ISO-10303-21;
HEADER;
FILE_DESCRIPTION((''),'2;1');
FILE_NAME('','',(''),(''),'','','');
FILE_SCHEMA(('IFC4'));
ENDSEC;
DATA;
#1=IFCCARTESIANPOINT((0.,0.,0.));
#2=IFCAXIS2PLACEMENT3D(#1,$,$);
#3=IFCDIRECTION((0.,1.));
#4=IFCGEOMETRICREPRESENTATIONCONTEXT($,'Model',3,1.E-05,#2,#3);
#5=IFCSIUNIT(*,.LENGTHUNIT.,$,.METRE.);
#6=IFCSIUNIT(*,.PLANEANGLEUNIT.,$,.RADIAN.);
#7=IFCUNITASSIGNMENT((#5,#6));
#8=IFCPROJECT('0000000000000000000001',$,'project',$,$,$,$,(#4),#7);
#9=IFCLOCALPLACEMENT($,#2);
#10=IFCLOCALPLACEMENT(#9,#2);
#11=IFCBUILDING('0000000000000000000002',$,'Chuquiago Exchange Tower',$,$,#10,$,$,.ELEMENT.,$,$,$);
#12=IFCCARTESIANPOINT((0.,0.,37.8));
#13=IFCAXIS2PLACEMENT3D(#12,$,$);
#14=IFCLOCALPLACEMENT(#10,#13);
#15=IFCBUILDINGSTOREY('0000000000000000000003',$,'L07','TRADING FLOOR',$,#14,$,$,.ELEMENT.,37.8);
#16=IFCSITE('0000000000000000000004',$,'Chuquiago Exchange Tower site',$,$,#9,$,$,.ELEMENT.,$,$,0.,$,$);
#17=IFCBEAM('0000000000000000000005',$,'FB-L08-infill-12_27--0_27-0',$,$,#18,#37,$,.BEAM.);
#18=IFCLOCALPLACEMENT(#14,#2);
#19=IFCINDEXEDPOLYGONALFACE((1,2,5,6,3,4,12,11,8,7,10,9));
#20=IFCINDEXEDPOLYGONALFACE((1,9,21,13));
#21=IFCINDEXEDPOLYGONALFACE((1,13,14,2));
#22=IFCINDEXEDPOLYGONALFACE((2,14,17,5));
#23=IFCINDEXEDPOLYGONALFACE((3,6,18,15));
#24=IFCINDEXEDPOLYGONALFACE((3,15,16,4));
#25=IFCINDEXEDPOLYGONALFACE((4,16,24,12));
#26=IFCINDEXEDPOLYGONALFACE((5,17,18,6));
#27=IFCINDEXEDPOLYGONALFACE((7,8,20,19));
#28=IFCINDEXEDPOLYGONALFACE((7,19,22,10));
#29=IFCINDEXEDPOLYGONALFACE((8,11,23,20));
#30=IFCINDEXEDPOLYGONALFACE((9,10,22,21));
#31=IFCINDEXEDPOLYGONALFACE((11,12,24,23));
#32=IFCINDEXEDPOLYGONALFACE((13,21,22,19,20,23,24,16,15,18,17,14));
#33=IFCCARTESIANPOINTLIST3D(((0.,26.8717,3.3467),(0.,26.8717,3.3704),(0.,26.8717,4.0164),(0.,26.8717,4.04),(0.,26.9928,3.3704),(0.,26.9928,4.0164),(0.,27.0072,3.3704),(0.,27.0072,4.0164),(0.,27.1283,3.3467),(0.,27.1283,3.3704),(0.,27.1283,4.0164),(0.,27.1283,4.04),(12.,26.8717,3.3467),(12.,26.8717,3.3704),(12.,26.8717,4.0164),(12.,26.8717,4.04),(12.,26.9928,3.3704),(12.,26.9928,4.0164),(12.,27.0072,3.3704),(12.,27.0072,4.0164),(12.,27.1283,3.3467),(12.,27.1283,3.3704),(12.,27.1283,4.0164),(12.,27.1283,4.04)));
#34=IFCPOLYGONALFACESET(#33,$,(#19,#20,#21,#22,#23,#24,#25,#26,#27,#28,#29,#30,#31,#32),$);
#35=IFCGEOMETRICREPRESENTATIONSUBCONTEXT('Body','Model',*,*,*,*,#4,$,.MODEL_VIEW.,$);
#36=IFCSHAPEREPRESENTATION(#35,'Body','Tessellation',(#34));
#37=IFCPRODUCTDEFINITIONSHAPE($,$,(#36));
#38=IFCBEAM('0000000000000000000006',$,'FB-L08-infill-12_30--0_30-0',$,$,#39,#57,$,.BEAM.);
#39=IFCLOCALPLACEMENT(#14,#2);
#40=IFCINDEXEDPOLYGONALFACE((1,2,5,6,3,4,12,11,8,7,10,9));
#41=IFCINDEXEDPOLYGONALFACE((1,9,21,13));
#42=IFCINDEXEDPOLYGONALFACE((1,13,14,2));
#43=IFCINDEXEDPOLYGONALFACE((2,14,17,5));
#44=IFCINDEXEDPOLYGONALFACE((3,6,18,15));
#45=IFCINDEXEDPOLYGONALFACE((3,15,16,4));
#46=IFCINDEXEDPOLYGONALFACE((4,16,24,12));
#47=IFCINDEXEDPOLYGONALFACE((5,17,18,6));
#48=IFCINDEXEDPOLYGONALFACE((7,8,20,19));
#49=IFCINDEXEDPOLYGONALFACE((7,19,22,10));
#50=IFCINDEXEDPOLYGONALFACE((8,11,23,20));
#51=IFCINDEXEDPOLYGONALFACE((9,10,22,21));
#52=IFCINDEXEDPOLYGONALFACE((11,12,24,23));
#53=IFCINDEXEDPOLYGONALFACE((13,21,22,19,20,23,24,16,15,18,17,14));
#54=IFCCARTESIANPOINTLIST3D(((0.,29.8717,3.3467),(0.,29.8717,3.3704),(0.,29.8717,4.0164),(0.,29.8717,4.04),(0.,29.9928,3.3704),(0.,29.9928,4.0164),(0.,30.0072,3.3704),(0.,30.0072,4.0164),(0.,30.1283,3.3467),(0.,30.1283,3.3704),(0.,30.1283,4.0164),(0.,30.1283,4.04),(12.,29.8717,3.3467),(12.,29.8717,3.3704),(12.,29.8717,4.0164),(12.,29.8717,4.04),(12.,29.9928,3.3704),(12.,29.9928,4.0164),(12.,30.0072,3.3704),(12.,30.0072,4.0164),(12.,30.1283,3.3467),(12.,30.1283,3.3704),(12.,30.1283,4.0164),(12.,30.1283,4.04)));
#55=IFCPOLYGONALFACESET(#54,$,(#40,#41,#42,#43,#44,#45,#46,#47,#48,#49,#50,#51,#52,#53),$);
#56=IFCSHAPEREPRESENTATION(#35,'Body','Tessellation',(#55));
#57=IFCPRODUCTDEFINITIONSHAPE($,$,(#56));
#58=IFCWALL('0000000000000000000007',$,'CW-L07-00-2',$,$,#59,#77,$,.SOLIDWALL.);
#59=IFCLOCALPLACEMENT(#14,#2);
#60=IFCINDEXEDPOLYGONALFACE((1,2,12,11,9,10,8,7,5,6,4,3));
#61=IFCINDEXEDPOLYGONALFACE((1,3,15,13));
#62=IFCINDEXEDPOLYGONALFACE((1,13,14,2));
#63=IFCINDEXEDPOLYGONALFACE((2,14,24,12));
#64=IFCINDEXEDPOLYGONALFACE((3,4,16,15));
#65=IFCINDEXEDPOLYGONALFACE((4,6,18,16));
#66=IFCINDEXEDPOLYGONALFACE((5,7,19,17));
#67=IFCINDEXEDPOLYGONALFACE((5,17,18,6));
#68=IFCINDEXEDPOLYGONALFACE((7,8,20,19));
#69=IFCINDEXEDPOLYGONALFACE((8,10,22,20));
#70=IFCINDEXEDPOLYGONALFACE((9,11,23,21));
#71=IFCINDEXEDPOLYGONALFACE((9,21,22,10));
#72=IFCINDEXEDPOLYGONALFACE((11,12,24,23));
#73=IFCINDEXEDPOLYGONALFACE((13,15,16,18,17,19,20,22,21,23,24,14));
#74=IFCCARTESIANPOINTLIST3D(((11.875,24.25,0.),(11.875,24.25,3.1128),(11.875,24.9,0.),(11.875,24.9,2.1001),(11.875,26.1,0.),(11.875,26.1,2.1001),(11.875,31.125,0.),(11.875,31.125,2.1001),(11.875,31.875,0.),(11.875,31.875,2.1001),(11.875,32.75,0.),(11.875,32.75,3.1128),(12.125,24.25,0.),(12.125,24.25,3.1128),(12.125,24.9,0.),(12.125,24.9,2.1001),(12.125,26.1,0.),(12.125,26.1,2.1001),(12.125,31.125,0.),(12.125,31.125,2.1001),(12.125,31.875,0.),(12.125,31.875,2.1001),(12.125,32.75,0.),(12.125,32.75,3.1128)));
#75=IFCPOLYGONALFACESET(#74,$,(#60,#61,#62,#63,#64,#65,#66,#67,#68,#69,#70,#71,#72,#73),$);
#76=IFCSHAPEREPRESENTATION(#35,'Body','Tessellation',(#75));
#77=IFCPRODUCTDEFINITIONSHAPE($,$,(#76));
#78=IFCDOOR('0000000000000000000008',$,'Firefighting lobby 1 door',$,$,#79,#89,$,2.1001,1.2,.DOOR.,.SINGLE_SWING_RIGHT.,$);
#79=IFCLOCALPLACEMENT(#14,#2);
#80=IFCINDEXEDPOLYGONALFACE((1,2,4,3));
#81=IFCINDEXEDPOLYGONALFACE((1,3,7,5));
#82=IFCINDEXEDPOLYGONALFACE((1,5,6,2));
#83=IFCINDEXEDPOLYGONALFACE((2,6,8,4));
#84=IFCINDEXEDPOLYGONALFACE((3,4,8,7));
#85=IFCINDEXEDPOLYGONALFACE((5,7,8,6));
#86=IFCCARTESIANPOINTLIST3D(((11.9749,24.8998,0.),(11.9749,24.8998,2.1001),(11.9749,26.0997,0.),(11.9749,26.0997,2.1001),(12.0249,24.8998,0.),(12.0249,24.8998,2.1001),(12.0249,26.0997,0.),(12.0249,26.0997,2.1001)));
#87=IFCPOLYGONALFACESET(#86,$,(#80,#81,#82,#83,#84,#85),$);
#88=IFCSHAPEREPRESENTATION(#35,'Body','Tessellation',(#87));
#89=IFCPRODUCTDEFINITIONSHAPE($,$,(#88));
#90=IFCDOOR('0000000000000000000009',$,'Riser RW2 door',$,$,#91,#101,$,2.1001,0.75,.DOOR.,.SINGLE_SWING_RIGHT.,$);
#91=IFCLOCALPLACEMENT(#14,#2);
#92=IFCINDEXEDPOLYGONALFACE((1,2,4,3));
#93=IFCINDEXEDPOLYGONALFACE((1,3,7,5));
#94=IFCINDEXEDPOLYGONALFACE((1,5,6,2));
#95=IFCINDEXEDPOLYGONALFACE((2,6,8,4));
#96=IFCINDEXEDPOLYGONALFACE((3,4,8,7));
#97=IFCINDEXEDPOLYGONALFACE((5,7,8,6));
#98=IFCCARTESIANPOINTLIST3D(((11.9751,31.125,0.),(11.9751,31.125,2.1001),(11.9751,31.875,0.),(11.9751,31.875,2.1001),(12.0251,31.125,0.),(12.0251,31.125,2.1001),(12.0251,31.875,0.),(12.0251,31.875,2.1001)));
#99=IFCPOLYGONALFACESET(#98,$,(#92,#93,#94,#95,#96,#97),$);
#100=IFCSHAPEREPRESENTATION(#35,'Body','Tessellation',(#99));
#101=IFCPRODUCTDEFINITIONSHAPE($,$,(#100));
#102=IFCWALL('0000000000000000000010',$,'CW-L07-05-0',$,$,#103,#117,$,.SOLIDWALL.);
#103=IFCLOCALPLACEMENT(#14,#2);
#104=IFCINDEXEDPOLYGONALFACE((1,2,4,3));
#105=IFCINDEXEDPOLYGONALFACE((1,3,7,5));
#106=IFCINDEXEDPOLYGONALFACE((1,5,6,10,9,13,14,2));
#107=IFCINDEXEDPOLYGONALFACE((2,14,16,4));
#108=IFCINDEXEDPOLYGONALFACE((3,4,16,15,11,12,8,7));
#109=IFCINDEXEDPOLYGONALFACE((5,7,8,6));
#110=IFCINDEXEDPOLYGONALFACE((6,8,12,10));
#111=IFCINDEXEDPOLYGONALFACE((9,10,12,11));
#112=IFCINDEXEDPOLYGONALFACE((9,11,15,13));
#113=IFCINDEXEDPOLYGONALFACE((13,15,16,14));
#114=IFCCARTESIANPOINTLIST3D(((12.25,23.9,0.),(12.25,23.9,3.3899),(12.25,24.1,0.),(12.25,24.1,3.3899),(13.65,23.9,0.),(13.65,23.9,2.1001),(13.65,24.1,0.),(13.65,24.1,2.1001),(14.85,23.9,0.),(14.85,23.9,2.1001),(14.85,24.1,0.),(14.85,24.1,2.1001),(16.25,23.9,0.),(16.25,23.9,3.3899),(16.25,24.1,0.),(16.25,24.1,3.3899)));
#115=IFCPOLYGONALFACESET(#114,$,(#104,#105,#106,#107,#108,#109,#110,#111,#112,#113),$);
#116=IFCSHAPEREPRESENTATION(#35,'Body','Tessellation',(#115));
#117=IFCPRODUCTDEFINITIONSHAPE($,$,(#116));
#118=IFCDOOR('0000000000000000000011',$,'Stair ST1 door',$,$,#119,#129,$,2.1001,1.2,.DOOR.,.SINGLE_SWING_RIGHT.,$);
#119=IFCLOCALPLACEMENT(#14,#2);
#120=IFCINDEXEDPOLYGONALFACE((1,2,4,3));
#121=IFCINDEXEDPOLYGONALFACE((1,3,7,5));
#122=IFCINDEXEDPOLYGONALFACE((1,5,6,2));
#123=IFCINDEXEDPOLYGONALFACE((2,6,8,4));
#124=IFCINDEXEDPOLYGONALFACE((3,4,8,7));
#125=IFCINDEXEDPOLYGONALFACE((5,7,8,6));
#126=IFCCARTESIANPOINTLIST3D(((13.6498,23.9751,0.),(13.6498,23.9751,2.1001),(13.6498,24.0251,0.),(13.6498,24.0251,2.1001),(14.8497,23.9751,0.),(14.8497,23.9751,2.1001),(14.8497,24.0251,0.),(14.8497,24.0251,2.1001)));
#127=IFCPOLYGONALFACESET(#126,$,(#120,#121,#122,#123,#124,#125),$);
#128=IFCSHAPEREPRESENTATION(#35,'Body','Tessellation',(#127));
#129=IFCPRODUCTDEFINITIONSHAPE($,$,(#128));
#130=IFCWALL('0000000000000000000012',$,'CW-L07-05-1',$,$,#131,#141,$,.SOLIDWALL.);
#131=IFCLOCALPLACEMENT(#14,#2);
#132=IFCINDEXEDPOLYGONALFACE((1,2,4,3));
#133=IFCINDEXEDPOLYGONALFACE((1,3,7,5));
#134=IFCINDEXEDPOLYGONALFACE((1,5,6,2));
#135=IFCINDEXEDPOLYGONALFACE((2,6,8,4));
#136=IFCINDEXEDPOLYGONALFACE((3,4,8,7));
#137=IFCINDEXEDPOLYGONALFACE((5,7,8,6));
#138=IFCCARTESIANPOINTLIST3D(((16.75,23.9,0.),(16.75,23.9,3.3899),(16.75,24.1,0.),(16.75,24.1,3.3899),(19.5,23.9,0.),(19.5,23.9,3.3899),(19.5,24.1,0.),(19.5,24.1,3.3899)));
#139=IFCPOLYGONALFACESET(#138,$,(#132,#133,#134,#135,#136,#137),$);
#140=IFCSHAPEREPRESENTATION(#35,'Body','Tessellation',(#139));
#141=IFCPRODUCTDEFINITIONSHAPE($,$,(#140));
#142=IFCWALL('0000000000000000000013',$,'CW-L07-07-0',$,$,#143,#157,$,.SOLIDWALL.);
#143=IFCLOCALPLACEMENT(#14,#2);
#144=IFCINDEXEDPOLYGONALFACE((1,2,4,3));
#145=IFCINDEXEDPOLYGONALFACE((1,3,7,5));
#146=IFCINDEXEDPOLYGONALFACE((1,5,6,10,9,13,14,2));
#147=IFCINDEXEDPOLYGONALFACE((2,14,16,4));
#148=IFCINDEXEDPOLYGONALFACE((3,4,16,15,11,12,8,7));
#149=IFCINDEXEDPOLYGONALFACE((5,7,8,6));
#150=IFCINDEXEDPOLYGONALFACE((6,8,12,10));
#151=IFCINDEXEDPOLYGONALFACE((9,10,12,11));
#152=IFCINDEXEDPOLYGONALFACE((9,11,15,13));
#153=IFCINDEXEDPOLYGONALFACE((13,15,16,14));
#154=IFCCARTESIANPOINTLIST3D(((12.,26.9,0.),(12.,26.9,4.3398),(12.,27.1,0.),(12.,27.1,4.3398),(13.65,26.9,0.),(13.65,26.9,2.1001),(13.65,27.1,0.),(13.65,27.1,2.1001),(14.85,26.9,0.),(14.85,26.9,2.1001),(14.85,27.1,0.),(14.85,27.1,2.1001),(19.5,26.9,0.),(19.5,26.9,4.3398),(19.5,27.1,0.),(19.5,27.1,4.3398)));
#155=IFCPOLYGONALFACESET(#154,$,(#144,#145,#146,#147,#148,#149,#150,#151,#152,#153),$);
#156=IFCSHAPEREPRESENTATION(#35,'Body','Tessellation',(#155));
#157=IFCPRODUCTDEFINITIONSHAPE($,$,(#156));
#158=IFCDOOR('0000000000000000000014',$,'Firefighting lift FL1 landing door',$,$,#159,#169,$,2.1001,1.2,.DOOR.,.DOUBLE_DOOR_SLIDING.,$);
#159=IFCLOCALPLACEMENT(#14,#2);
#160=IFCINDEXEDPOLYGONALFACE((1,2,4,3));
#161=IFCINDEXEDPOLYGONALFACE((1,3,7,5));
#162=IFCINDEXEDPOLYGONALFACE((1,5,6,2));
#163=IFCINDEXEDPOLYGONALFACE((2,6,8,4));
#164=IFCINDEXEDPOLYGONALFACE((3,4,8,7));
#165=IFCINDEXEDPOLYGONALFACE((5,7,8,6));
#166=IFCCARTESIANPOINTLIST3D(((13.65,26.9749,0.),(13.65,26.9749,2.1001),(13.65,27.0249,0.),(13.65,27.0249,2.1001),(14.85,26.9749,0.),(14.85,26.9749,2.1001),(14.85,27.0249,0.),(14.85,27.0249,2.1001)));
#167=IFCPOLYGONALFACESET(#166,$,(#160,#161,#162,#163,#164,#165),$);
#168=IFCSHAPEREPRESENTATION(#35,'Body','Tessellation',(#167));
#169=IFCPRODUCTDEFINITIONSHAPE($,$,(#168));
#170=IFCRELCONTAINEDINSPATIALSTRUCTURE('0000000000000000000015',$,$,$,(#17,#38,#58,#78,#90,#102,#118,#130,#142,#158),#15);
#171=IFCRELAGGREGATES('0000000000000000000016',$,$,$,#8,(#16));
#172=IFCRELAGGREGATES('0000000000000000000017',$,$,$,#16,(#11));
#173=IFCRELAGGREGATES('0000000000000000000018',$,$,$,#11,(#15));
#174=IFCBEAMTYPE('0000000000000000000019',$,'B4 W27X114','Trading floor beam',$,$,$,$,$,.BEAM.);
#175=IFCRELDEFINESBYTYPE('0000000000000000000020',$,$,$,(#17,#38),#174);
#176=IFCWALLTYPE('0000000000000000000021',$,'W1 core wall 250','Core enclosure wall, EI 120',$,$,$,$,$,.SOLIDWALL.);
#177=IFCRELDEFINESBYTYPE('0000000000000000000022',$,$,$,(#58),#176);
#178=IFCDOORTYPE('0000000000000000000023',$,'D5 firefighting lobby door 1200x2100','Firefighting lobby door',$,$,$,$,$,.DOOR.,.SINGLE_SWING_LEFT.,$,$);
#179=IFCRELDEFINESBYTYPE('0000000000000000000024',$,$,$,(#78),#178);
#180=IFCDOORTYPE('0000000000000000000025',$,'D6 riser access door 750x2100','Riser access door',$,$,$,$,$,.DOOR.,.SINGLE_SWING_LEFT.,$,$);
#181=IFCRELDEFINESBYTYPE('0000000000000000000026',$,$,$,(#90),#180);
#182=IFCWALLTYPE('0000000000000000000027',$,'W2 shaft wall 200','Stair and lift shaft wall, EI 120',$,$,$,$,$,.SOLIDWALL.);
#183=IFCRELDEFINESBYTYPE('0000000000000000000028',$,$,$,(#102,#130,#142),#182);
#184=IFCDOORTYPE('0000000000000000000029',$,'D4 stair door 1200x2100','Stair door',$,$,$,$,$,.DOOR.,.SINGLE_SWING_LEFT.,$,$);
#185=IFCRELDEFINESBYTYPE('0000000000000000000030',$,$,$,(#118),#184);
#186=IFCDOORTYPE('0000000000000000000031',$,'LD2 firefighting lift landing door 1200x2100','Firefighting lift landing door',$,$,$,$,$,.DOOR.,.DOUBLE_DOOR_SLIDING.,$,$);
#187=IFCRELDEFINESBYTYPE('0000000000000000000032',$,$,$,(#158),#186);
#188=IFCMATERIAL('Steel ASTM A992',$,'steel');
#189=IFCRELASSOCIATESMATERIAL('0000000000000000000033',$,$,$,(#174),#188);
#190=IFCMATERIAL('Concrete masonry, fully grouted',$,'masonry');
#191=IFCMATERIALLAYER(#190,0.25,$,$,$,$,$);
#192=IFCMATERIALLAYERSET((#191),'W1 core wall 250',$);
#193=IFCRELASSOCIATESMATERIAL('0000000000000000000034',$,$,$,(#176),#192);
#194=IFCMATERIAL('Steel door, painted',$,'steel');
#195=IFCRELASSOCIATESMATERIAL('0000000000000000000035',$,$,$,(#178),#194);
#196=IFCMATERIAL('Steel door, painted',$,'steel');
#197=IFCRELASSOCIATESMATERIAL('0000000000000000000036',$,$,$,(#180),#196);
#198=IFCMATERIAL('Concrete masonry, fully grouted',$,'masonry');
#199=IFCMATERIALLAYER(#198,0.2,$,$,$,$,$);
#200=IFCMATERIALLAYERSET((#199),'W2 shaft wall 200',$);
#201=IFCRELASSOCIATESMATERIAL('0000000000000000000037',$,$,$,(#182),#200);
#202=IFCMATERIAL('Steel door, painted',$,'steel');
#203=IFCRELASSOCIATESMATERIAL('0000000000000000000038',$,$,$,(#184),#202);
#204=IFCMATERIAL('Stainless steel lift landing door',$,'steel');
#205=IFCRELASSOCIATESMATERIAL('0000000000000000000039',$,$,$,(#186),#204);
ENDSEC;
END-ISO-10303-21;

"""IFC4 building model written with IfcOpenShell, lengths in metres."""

from ifc_helpers import new_model, si_unit, direction, frame, frame_2d, origin, origin_2d, place, context, subcontext, project, spatial, rectangle, i_section, extrude, material, layer, layer_set, material_profile, profile_set, type_object, element, fill, save


model = new_model("IFC4")

# Units and contexts
model_context = context("Model", 3, precision=1e-05, world=origin(), true_north=direction((0.0, 1.0)))
body_context = subcontext(model_context, "Body", "Model", "MODEL_VIEW")
ifc_project = project(units=[si_unit("LENGTHUNIT", "METRE"), si_unit("PLANEANGLEUNIT", "RADIAN")], contexts=[model_context])

# Site, building, storey
site_placement = place(None, origin())
site = spatial("IfcSite", under=ifc_project, at=site_placement, Name="Chuquiago Exchange Tower site", CompositionType="ELEMENT", RefElevation=0.0)
building_placement = place(site_placement, origin())
building = spatial("IfcBuilding", under=site, at=building_placement, Name="Chuquiago Exchange Tower", CompositionType="ELEMENT")
storey_placement = place(building_placement, frame((0.0, 0.0, 37.8)))
storey = spatial("IfcBuildingStorey", under=building, at=storey_placement, Name="L07", Description="TRADING FLOOR", CompositionType="ELEMENT", Elevation=37.8)

# Beams
ifc_material_1 = material(Name="Steel ASTM A992", Category="steel")
ifc_material_profile_1 = material_profile(ifc_material_1, i_section(OverallWidth=0.2566, OverallDepth=0.6934, WebThickness=0.0144, FlangeThickness=0.0237, at=origin_2d()), Name="W27X114")
ifc_profile_set_1 = profile_set([ifc_material_profile_1], Name="Steel ASTM A992")
beam_type_1 = type_object("IfcBeamType", Name="B4 W27X114", Description="Trading floor beam", PredefinedType="BEAM", material=ifc_profile_set_1)
for number, where, z_axis, x_axis, name in (
    (1, (12.0, 27.0, 3.6934), (-1.0, 0.0, 0.0), (0.0, -1.0, 0.0), "FB-L08-infill-12_27--0_27-0"),
    (2, (12.0, 30.0, 3.6934), (-1.0, 0.0, 0.0), (0.0, -1.0, 0.0), "FB-L08-infill-12_30--0_30-0"),
):
    element("IfcBeam", number, at=place(storey_placement, frame(where, z_axis=z_axis, x_axis=x_axis)), inside=storey, type_object=beam_type_1, Name=name, PredefinedType="BEAM", context=body_context, shape_type="SweptSolid", body=[
        extrude(i_section(OverallWidth=0.2566, OverallDepth=0.6934, WebThickness=0.0144, FlangeThickness=0.0237, at=origin_2d()), origin(), (0.0, 0.0, 1.0), 12.0),
    ])

# Wall, openings, doors
ifc_material_2 = material(Name="Concrete masonry, fully grouted", Category="masonry")
ifc_layer_1 = layer(ifc_material_2, 0.25)
ifc_layer_set_1 = layer_set([ifc_layer_1], Name="W1 core wall 250")
wall_type_1 = type_object("IfcWallType", Name="W1 core wall 250", Description="Core enclosure wall, EI 120", PredefinedType="SOLIDWALL", material=ifc_layer_set_1)
wall_1_placement = place(storey_placement, frame((12.0, 24.25, 0.0), z_axis=(0.0, 0.0, 1.0), x_axis=(0.0, 1.0, 0.0)))
wall_1 = element("IfcWall", 3, at=wall_1_placement, inside=storey, type_object=wall_type_1, Name="CW-L07-00-2", PredefinedType="SOLIDWALL", context=body_context, shape_type="SweptSolid", body=[
    extrude(rectangle(XDim=8.5, YDim=0.25, at=frame_2d((4.25, 0.0))), origin(), (0.0, 0.0, 1.0), 3.1128),
])
opening_1_placement = place(wall_1_placement, frame((0.6499, 0.0, 0.0)))
opening_1 = element("IfcOpeningElement", 4, at=opening_1_placement, cuts=wall_1, PredefinedType="OPENING", context=body_context, shape_type="SweptSolid", body=[
    extrude(rectangle(XDim=1.2, YDim=2.1001, at=frame_2d((0.6001, 1.05))), frame((0.0, 0.135, 0.0), z_axis=(0.0, -1.0, 0.0), x_axis=(1.0, 0.0, 0.0)), (0.0, 0.0, 1.0), 0.27),
])
opening_2_placement = place(wall_1_placement, frame((6.875, 0.0, 0.0)))
opening_2 = element("IfcOpeningElement", 5, at=opening_2_placement, cuts=wall_1, PredefinedType="OPENING", context=body_context, shape_type="SweptSolid", body=[
    extrude(rectangle(XDim=0.75, YDim=2.1001, at=frame_2d((0.375, 1.05))), frame((0.0, 0.135, 0.0), z_axis=(0.0, -1.0, 0.0), x_axis=(1.0, 0.0, 0.0)), (0.0, 0.0, 1.0), 0.27),
])
ifc_material_3 = material(Name="Steel door, painted", Category="steel")
door_type_1 = type_object("IfcDoorType", Name="D5 firefighting lobby door 1200x2100", Description="Firefighting lobby door", OperationType="SINGLE_SWING_LEFT", PredefinedType="DOOR", material=ifc_material_3)
door_1_placement = place(opening_1_placement, frame((1.2, 0.0, 0.0), z_axis=(0.0, 0.0, 1.0), x_axis=(-1.0, 0.0, 0.0)))
door_1 = element("IfcDoor", 6, at=door_1_placement, inside=storey, type_object=door_type_1, Name="Firefighting lobby 1 door", OperationType="SINGLE_SWING_RIGHT", OverallHeight=2.1001, OverallWidth=1.2, PredefinedType="DOOR", context=body_context, shape_type="SweptSolid", body=[
    extrude(rectangle(XDim=1.2, YDim=2.1001, at=frame_2d((0.6001, 1.05))), frame((0.0, 0.0249, 0.0), z_axis=(0.0, -1.0, 0.0), x_axis=(1.0, 0.0, 0.0)), (0.0, 0.0, 1.0), 0.05),
])
fill(opening_1, door_1)
ifc_material_4 = material(Name="Steel door, painted", Category="steel")
door_type_2 = type_object("IfcDoorType", Name="D6 riser access door 750x2100", Description="Riser access door", OperationType="SINGLE_SWING_LEFT", PredefinedType="DOOR", material=ifc_material_4)
door_2_placement = place(opening_2_placement, origin())
door_2 = element("IfcDoor", 7, at=door_2_placement, inside=storey, type_object=door_type_2, Name="Riser RW2 door", OperationType="SINGLE_SWING_RIGHT", OverallHeight=2.1001, OverallWidth=0.75, PredefinedType="DOOR", context=body_context, shape_type="SweptSolid", body=[
    extrude(rectangle(XDim=0.75, YDim=2.1001, at=frame_2d((0.375, 1.05))), frame((0.0, 0.0249, 0.0), z_axis=(0.0, -1.0, 0.0), x_axis=(1.0, 0.0, 0.0)), (0.0, 0.0, 1.0), 0.05),
])
fill(opening_2, door_2)

# Wall, opening, door
ifc_material_5 = material(Name="Concrete masonry, fully grouted", Category="masonry")
ifc_layer_2 = layer(ifc_material_5, 0.2)
ifc_layer_set_2 = layer_set([ifc_layer_2], Name="W2 shaft wall 200")
wall_type_2 = type_object("IfcWallType", Name="W2 shaft wall 200", Description="Stair and lift shaft wall, EI 120", PredefinedType="SOLIDWALL", material=ifc_layer_set_2)
wall_2_placement = place(storey_placement, frame((12.25, 24.0, 0.0), z_axis=(0.0, 0.0, 1.0), x_axis=(1.0, 0.0, 0.0)))
wall_2 = element("IfcWall", 8, at=wall_2_placement, inside=storey, type_object=wall_type_2, Name="CW-L07-05-0", PredefinedType="SOLIDWALL", context=body_context, shape_type="SweptSolid", body=[
    extrude(rectangle(XDim=4.0, YDim=0.2, at=frame_2d((2.0, 0.0))), origin(), (0.0, 0.0, 1.0), 3.3899),
])
opening_3_placement = place(wall_2_placement, frame((1.3999, 0.0, 0.0)))
opening_3 = element("IfcOpeningElement", 9, at=opening_3_placement, cuts=wall_2, PredefinedType="OPENING", context=body_context, shape_type="SweptSolid", body=[
    extrude(rectangle(XDim=1.2, YDim=2.1001, at=frame_2d((0.6001, 1.05))), frame((0.0, 0.1099, 0.0), z_axis=(0.0, -1.0, 0.0), x_axis=(1.0, 0.0, 0.0)), (0.0, 0.0, 1.0), 0.22),
])
ifc_material_6 = material(Name="Steel door, painted", Category="steel")
door_type_3 = type_object("IfcDoorType", Name="D4 stair door 1200x2100", Description="Stair door", OperationType="SINGLE_SWING_LEFT", PredefinedType="DOOR", material=ifc_material_6)
door_3_placement = place(opening_3_placement, frame((1.2, 0.0, 0.0), z_axis=(0.0, 0.0, 1.0), x_axis=(-1.0, 0.0, 0.0)))
door_3 = element("IfcDoor", 10, at=door_3_placement, inside=storey, type_object=door_type_3, Name="Stair ST1 door", OperationType="SINGLE_SWING_RIGHT", OverallHeight=2.1001, OverallWidth=1.2, PredefinedType="DOOR", context=body_context, shape_type="SweptSolid", body=[
    extrude(rectangle(XDim=1.2, YDim=2.1001, at=frame_2d((0.6001, 1.05))), frame((0.0, 0.0249, 0.0), z_axis=(0.0, -1.0, 0.0), x_axis=(1.0, 0.0, 0.0)), (0.0, 0.0, 1.0), 0.05),
])
fill(opening_3, door_3)

# Wall
wall_3_placement = place(storey_placement, frame((16.75, 24.0, 0.0), z_axis=(0.0, 0.0, 1.0), x_axis=(1.0, 0.0, 0.0)))
element("IfcWall", 11, at=wall_3_placement, inside=storey, type_object=wall_type_2, Name="CW-L07-05-1", PredefinedType="SOLIDWALL", context=body_context, shape_type="SweptSolid", body=[
    extrude(rectangle(XDim=2.75, YDim=0.2, at=frame_2d((1.375, 0.0))), origin(), (0.0, 0.0, 1.0), 3.3899),
])

# Wall, opening, door
wall_4_placement = place(storey_placement, frame((12.0, 27.0, 0.0), z_axis=(0.0, 0.0, 1.0), x_axis=(1.0, 0.0, 0.0)))
wall_4 = element("IfcWall", 12, at=wall_4_placement, inside=storey, type_object=wall_type_2, Name="CW-L07-07-0", PredefinedType="SOLIDWALL", context=body_context, shape_type="SweptSolid", body=[
    extrude(rectangle(XDim=7.5, YDim=0.2, at=frame_2d((3.75, 0.0))), origin(), (0.0, 0.0, 1.0), 4.3398),
])
opening_4_placement = place(wall_4_placement, frame((1.6499, 0.0, 0.0)))
opening_4 = element("IfcOpeningElement", 13, at=opening_4_placement, cuts=wall_4, PredefinedType="OPENING", context=body_context, shape_type="SweptSolid", body=[
    extrude(rectangle(XDim=1.2, YDim=2.1001, at=frame_2d((0.6001, 1.05))), frame((0.0, 0.1099, 0.0), z_axis=(0.0, -1.0, 0.0), x_axis=(1.0, 0.0, 0.0)), (0.0, 0.0, 1.0), 0.22),
])
ifc_material_7 = material(Name="Stainless steel lift landing door", Category="steel")
door_type_4 = type_object("IfcDoorType", Name="LD2 firefighting lift landing door 1200x2100", Description="Firefighting lift landing door", OperationType="DOUBLE_DOOR_SLIDING", PredefinedType="DOOR", material=ifc_material_7)
door_4_placement = place(opening_4_placement, origin())
door_4 = element("IfcDoor", 14, at=door_4_placement, inside=storey, type_object=door_type_4, Name="Firefighting lift FL1 landing door", OperationType="DOUBLE_DOOR_SLIDING", OverallHeight=2.1001, OverallWidth=1.2, PredefinedType="DOOR", context=body_context, shape_type="SweptSolid", body=[
    extrude(rectangle(XDim=1.2, YDim=2.1001, at=frame_2d((0.6001, 1.05))), frame((0.0, 0.0249, 0.0), z_axis=(0.0, -1.0, 0.0), x_axis=(1.0, 0.0, 0.0)), (0.0, 0.0, 1.0), 0.05),
])
fill(opening_4, door_4)

save(model, "model.ifc")
